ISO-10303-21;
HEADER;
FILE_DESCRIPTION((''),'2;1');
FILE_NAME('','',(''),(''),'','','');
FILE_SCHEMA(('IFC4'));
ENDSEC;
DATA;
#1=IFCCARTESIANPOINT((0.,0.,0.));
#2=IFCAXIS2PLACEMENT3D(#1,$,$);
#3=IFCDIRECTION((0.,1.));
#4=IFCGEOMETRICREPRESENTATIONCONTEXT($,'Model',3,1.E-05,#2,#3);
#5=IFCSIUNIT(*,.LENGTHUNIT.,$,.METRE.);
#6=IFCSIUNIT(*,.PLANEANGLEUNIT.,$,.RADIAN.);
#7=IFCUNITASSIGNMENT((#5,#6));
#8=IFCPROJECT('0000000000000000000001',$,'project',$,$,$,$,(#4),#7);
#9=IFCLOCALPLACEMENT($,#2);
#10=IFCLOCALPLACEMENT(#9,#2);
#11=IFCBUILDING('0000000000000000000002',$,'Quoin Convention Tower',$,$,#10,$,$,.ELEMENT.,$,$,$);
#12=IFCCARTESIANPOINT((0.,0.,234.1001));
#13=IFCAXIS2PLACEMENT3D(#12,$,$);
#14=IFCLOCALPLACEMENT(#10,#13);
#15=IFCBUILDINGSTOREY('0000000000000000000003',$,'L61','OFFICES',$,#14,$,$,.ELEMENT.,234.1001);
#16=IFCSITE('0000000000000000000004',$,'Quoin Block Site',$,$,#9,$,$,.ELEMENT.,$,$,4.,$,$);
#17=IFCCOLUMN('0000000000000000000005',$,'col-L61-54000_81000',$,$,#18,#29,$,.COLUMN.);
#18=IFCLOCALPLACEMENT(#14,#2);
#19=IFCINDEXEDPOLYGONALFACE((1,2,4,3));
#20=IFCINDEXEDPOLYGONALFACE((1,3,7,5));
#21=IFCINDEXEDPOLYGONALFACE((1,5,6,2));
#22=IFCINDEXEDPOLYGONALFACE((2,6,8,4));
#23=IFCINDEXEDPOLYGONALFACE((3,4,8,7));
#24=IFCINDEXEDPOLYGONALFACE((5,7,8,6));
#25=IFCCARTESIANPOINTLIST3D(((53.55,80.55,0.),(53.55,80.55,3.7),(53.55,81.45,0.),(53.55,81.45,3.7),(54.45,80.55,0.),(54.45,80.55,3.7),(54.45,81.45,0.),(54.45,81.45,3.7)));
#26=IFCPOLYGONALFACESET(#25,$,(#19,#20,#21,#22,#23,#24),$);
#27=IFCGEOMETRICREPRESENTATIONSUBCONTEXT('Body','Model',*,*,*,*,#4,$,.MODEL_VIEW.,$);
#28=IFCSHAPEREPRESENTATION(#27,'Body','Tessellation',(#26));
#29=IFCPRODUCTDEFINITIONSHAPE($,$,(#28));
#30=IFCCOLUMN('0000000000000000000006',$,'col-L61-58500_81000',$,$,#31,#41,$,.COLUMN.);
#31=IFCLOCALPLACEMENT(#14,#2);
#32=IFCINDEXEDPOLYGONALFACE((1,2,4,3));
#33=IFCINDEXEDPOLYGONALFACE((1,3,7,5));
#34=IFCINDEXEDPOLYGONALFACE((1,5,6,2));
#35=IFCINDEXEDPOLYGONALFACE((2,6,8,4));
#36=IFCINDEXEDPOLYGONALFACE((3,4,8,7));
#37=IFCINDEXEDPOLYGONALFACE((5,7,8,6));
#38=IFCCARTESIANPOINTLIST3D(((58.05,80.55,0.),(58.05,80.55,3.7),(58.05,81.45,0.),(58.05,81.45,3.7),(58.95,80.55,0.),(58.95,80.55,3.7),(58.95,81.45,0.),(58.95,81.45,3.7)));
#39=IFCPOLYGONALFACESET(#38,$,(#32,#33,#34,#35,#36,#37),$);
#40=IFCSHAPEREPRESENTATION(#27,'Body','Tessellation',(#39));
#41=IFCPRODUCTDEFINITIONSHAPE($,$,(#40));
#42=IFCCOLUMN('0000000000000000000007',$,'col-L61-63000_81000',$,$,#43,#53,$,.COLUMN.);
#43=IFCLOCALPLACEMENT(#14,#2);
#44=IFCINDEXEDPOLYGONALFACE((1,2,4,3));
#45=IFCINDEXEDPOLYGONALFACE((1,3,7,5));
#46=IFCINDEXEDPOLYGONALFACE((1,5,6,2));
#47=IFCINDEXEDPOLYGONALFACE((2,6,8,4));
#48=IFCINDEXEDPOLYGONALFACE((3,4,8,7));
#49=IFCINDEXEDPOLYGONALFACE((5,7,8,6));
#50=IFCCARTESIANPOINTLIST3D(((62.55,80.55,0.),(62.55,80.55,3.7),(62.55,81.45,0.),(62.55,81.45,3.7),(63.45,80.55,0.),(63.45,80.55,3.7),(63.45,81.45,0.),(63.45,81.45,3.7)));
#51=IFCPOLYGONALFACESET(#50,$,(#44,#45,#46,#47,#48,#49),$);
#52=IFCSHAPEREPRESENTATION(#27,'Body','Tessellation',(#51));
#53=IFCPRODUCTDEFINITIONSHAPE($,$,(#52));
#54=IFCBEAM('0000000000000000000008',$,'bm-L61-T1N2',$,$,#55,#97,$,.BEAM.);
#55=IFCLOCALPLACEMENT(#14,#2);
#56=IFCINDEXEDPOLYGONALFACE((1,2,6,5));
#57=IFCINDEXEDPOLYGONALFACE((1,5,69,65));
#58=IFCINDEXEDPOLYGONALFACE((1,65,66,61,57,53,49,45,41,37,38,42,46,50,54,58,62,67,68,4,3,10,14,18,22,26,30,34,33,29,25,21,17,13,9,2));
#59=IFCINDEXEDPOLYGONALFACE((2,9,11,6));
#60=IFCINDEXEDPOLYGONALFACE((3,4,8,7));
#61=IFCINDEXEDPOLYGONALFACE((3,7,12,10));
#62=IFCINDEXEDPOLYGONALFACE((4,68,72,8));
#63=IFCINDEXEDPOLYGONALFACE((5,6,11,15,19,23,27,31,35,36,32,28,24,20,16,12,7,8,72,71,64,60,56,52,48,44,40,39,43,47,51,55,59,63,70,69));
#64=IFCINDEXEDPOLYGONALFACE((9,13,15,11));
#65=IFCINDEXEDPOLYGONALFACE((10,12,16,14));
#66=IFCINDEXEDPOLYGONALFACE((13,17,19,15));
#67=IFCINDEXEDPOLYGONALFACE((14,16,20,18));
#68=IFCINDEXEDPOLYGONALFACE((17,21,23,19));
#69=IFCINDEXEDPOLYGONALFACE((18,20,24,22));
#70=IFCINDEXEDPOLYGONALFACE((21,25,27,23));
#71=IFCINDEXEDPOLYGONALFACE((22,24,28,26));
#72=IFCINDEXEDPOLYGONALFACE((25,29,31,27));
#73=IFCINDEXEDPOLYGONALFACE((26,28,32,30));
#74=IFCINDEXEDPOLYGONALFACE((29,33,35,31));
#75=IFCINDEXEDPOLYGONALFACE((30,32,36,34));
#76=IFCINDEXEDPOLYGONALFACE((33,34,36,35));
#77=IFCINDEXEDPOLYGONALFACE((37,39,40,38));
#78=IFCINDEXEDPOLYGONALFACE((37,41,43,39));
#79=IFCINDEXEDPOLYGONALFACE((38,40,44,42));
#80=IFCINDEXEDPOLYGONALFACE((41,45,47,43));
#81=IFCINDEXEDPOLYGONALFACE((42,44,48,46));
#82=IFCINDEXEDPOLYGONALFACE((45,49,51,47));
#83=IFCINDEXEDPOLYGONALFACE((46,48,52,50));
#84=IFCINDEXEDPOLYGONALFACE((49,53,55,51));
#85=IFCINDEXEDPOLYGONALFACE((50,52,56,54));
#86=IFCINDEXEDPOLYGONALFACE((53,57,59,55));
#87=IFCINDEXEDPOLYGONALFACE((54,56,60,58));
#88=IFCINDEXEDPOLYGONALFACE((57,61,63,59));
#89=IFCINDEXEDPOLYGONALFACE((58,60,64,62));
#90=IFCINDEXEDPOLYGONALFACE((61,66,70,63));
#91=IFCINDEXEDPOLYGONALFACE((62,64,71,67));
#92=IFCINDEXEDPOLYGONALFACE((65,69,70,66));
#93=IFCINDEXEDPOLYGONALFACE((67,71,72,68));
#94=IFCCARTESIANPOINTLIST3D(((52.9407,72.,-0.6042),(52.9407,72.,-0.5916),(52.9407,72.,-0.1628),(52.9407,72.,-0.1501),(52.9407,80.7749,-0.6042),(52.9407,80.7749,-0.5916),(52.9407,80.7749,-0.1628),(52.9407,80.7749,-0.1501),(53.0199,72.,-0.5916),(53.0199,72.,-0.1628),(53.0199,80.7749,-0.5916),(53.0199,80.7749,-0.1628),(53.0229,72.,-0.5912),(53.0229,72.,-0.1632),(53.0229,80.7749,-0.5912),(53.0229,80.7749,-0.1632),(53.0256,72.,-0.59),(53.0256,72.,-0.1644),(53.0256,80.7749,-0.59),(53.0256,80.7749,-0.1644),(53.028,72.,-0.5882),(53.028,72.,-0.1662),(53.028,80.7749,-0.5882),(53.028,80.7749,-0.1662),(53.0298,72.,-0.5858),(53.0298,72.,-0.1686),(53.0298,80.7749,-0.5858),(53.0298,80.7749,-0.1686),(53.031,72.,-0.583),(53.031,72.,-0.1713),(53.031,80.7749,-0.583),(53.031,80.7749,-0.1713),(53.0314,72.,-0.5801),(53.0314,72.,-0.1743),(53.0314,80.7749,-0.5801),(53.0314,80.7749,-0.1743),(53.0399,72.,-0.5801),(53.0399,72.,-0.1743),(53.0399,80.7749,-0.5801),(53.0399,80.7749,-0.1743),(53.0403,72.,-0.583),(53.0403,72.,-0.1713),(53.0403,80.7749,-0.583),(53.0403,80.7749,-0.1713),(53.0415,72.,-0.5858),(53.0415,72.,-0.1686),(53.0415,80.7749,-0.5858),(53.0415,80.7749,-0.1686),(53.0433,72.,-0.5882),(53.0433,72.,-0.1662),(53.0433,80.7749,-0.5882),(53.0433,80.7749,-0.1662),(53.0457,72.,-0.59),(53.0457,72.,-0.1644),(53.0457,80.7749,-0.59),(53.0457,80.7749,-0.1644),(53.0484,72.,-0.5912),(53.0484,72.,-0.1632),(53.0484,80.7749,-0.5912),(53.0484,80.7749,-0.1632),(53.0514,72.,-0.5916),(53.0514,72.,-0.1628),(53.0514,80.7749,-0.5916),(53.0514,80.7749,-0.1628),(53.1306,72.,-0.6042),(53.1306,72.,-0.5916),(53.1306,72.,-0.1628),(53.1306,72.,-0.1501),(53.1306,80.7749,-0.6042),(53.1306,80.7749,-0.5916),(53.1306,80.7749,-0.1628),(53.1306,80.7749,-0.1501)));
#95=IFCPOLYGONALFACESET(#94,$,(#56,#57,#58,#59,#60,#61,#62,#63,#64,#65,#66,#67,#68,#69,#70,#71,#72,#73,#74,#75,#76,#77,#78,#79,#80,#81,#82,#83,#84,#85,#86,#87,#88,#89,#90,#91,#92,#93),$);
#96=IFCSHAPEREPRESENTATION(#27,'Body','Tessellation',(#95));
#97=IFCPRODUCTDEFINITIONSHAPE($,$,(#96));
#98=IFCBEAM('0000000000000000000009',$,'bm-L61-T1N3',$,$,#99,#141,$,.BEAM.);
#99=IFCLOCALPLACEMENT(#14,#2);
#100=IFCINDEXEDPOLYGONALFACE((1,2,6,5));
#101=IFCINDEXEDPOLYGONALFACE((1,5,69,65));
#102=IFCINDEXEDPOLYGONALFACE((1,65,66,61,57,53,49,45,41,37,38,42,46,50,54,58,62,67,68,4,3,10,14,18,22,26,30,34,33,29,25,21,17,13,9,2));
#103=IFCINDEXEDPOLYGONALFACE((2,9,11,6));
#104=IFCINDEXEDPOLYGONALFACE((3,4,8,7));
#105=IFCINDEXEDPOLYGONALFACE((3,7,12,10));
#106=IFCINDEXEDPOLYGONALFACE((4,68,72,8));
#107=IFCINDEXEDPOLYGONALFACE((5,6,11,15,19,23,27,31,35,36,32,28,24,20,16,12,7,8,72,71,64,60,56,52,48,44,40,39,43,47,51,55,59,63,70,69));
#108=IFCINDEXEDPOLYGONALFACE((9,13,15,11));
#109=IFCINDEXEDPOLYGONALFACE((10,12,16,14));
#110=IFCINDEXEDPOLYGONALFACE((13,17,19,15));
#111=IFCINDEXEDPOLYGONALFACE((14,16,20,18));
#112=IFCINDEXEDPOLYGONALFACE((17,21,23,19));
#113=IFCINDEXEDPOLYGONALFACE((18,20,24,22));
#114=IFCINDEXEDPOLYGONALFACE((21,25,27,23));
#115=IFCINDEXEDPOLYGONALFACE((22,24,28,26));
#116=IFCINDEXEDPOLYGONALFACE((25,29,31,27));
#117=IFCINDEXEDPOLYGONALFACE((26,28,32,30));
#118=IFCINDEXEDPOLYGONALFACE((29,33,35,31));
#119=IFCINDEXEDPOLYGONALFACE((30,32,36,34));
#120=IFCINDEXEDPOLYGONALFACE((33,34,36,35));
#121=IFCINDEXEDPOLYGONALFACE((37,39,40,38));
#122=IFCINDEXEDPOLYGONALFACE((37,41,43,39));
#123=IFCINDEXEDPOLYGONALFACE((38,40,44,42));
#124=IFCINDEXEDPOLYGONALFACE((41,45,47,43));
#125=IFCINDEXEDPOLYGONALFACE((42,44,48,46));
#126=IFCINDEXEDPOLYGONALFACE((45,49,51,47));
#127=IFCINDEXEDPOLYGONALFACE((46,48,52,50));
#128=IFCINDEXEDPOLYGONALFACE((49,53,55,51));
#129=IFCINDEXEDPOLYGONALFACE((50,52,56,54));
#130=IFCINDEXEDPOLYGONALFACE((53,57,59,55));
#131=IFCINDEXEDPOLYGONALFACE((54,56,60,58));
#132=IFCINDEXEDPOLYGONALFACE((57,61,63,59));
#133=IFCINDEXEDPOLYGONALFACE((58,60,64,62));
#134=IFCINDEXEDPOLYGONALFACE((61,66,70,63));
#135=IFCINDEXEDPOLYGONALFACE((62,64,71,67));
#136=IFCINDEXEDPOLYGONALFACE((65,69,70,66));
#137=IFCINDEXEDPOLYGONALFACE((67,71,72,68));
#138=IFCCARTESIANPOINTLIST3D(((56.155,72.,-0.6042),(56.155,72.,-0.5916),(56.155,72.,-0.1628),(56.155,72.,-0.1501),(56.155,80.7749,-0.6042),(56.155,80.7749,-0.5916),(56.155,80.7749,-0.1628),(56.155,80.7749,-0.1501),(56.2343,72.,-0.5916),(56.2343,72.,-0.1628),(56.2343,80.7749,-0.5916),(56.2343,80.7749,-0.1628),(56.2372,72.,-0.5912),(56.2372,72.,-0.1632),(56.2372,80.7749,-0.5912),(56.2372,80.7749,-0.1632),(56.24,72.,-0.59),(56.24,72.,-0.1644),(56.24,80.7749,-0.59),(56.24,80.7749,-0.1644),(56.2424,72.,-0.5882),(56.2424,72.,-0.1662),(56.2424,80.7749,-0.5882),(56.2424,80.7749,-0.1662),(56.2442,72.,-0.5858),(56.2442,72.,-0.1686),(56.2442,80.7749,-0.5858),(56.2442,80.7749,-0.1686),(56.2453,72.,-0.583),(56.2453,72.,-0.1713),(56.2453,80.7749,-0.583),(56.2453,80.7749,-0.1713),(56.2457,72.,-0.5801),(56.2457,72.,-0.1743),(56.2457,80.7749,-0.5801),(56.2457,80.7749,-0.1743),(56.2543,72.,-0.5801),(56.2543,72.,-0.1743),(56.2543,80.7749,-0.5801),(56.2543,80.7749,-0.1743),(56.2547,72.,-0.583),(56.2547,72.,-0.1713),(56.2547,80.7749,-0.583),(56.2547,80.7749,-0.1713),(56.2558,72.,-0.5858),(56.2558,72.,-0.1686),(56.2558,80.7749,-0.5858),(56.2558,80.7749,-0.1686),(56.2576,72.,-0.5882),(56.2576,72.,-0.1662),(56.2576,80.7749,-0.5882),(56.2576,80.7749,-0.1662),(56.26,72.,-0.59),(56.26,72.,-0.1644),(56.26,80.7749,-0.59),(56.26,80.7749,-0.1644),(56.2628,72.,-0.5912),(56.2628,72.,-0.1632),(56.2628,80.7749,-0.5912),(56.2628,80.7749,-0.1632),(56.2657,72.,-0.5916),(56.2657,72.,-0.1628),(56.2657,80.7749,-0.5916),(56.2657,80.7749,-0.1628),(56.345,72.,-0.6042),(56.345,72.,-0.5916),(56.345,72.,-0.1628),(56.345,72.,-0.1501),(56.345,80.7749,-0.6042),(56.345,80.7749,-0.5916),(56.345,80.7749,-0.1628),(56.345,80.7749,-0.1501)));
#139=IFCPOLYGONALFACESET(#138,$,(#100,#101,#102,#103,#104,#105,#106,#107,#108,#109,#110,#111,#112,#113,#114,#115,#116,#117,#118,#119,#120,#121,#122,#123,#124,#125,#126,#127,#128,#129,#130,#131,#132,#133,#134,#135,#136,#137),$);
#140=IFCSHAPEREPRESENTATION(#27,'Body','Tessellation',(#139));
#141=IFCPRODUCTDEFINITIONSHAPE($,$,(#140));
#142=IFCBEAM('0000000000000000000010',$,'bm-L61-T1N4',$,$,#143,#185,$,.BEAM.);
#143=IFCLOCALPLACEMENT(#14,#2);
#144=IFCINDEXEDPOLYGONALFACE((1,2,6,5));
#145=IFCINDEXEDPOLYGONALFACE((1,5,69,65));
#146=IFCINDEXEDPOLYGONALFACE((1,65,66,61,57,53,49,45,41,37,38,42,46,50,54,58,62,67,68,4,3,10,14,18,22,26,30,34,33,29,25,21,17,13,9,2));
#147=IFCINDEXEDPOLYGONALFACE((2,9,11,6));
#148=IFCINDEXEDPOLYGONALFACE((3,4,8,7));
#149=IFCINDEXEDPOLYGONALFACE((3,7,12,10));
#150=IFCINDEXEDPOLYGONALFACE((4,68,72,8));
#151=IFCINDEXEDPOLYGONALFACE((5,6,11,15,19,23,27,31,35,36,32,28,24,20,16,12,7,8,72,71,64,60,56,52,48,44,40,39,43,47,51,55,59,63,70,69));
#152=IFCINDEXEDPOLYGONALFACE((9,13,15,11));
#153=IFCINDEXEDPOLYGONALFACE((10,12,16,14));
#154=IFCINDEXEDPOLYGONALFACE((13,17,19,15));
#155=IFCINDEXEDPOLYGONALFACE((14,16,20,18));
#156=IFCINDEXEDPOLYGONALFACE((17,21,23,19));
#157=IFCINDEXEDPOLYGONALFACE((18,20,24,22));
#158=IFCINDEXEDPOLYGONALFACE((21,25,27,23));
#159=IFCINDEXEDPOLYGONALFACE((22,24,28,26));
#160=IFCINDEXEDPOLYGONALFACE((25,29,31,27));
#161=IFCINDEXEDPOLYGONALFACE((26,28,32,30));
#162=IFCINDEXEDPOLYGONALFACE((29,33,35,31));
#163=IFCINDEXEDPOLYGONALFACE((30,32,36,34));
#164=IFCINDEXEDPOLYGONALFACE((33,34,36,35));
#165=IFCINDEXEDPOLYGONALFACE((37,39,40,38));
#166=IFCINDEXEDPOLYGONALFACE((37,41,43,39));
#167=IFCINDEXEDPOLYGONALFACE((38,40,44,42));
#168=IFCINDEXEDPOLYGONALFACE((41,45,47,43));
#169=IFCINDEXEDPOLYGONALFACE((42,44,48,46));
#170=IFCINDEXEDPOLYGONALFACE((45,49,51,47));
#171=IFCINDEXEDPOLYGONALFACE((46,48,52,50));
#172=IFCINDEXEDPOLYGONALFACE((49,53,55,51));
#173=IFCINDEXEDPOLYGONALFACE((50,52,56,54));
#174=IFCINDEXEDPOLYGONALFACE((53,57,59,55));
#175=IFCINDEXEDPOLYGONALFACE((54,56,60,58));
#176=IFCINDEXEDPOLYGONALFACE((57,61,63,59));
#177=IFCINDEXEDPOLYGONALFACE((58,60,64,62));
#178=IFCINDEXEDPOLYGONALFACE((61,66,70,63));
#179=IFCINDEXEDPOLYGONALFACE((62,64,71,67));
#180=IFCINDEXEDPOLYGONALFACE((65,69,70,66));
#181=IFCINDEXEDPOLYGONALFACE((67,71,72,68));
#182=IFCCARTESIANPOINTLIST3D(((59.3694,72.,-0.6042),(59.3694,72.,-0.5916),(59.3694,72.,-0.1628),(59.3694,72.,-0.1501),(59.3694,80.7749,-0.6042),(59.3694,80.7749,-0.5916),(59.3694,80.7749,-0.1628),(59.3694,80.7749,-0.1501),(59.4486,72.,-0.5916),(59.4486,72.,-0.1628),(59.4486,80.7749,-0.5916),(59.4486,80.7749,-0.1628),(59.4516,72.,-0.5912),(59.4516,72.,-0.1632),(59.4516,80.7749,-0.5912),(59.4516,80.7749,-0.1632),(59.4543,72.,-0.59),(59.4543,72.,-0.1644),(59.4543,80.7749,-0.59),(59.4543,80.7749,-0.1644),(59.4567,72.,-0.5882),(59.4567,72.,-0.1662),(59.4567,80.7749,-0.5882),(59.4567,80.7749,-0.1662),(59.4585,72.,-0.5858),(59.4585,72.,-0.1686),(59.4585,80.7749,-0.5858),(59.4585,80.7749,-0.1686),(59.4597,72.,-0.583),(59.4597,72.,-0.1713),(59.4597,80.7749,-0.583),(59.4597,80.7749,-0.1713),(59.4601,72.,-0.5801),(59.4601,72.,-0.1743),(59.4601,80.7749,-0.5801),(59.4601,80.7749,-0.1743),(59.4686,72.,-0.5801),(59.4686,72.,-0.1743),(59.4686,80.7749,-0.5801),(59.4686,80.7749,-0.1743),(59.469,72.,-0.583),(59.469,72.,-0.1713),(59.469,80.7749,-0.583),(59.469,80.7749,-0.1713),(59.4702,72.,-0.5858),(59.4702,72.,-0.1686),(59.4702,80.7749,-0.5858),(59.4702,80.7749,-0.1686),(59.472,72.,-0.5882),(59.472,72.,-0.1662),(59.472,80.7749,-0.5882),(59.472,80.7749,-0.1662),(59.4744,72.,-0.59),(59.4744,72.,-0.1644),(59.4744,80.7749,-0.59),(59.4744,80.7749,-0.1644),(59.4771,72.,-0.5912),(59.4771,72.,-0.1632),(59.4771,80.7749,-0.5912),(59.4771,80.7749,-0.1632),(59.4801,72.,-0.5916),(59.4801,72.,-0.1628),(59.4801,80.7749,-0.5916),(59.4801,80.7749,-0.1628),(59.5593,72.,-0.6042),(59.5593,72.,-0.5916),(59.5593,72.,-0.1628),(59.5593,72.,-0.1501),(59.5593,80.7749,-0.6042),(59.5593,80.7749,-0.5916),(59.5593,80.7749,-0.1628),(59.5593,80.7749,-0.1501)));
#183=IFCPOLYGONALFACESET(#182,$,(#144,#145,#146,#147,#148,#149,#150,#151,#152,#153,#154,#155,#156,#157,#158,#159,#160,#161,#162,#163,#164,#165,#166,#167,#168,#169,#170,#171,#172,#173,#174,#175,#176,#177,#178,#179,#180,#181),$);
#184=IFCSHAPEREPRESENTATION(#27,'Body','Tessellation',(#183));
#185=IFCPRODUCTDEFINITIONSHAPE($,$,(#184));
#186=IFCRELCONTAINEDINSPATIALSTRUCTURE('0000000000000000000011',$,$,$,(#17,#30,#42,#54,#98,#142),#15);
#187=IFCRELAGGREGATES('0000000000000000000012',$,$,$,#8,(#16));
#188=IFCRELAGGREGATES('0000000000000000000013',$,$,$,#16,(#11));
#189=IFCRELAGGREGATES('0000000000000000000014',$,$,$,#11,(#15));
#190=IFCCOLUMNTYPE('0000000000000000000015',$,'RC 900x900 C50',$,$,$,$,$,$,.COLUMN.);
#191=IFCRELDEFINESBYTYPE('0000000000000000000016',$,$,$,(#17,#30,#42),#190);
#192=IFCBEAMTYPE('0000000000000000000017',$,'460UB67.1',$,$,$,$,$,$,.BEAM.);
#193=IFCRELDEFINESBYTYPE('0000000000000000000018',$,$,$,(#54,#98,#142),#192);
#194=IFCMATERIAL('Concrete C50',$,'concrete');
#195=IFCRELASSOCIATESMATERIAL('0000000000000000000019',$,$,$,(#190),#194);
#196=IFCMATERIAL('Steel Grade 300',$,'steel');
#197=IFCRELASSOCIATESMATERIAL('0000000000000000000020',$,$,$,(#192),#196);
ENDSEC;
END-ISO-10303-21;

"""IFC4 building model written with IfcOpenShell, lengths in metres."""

from ifc_helpers import new_model, si_unit, direction, frame, origin, origin_2d, place, context, subcontext, project, spatial, rectangle, i_section, extrude, material, material_profile, profile_set, type_object, element, save


model = new_model("IFC4")

# Units and contexts
model_context = context("Model", 3, precision=1e-05, world=origin(), true_north=direction((0.0, 1.0)))
body_context = subcontext(model_context, "Body", "Model", "MODEL_VIEW")
ifc_project = project(units=[si_unit("LENGTHUNIT", "METRE"), si_unit("PLANEANGLEUNIT", "RADIAN")], contexts=[model_context])

# Site, building, storey
site_placement = place(None, origin())
site = spatial("IfcSite", under=ifc_project, at=site_placement, Name="Quoin Block Site", CompositionType="ELEMENT", RefElevation=4.0)
building_placement = place(site_placement, origin())
building = spatial("IfcBuilding", under=site, at=building_placement, Name="Quoin Convention Tower", CompositionType="ELEMENT")
storey_placement = place(building_placement, frame((0.0, 0.0, 234.1001)))
storey = spatial("IfcBuildingStorey", under=building, at=storey_placement, Name="L61", Description="OFFICES", CompositionType="ELEMENT", Elevation=234.1001)

# Columns
ifc_material_1 = material(Name="Concrete C50", Category="concrete")
ifc_material_profile_1 = material_profile(ifc_material_1, rectangle(XDim=0.8999, YDim=0.8999, at=origin_2d()), Name="RC 900x900")
ifc_profile_set_1 = profile_set([ifc_material_profile_1], Name="Concrete C50")
column_type = type_object("IfcColumnType", Name="RC 900x900 C50", PredefinedType="COLUMN", material=ifc_profile_set_1)
for number, where, z_axis, x_axis, name in (
    (1, (54.0, 81.0, 0.0), (0.0, 0.0, 1.0), (1.0, 0.0, 0.0), "col-L61-54000_81000"),
    (2, (58.5, 81.0, 0.0), (0.0, 0.0, 1.0), (1.0, 0.0, 0.0), "col-L61-58500_81000"),
    (3, (63.0, 81.0, 0.0), (0.0, 0.0, 1.0), (1.0, 0.0, 0.0), "col-L61-63000_81000"),
):
    element("IfcColumn", number, at=place(storey_placement, frame(where, z_axis=z_axis, x_axis=x_axis)), inside=storey, type_object=column_type, Name=name, PredefinedType="COLUMN", context=body_context, shape_type="SweptSolid", body=[
        extrude(rectangle(XDim=0.8999, YDim=0.8999, at=origin_2d()), origin(), (0.0, 0.0, 1.0), 3.7),
    ])

# Beams
ifc_material_2 = material(Name="Steel Grade 300", Category="steel")
ifc_material_profile_2 = material_profile(ifc_material_2, i_section(OverallWidth=0.1899, OverallDepth=0.4541, WebThickness=0.0085, FlangeThickness=0.0127, FilletRadius=0.0115, at=origin_2d()), Name="460UB67.1")
ifc_profile_set_2 = profile_set([ifc_material_profile_2], Name="Steel Grade 300")
beam_type_1 = type_object("IfcBeamType", Name="460UB67.1", PredefinedType="BEAM", material=ifc_profile_set_2)
for number, where, z_axis, x_axis, name in (
    (4, (53.0356, 72.0, -0.3772), (0.0, 1.0, 0.0), (-1.0, 0.0, 0.0), "bm-L61-T1N2"),
    (5, (56.25, 72.0, -0.3772), (0.0, 1.0, 0.0), (-1.0, 0.0, 0.0), "bm-L61-T1N3"),
    (6, (59.4644, 72.0, -0.3772), (0.0, 1.0, 0.0), (-1.0, 0.0, 0.0), "bm-L61-T1N4"),
):
    element("IfcBeam", number, at=place(storey_placement, frame(where, z_axis=z_axis, x_axis=x_axis)), inside=storey, type_object=beam_type_1, Name=name, PredefinedType="BEAM", context=body_context, shape_type="SweptSolid", body=[
        extrude(i_section(OverallWidth=0.1899, OverallDepth=0.4541, WebThickness=0.0085, FlangeThickness=0.0127, FilletRadius=0.0115, at=origin_2d()), origin(), (0.0, 0.0, 1.0), 8.7749),
    ])

save(model, "model.ifc")
